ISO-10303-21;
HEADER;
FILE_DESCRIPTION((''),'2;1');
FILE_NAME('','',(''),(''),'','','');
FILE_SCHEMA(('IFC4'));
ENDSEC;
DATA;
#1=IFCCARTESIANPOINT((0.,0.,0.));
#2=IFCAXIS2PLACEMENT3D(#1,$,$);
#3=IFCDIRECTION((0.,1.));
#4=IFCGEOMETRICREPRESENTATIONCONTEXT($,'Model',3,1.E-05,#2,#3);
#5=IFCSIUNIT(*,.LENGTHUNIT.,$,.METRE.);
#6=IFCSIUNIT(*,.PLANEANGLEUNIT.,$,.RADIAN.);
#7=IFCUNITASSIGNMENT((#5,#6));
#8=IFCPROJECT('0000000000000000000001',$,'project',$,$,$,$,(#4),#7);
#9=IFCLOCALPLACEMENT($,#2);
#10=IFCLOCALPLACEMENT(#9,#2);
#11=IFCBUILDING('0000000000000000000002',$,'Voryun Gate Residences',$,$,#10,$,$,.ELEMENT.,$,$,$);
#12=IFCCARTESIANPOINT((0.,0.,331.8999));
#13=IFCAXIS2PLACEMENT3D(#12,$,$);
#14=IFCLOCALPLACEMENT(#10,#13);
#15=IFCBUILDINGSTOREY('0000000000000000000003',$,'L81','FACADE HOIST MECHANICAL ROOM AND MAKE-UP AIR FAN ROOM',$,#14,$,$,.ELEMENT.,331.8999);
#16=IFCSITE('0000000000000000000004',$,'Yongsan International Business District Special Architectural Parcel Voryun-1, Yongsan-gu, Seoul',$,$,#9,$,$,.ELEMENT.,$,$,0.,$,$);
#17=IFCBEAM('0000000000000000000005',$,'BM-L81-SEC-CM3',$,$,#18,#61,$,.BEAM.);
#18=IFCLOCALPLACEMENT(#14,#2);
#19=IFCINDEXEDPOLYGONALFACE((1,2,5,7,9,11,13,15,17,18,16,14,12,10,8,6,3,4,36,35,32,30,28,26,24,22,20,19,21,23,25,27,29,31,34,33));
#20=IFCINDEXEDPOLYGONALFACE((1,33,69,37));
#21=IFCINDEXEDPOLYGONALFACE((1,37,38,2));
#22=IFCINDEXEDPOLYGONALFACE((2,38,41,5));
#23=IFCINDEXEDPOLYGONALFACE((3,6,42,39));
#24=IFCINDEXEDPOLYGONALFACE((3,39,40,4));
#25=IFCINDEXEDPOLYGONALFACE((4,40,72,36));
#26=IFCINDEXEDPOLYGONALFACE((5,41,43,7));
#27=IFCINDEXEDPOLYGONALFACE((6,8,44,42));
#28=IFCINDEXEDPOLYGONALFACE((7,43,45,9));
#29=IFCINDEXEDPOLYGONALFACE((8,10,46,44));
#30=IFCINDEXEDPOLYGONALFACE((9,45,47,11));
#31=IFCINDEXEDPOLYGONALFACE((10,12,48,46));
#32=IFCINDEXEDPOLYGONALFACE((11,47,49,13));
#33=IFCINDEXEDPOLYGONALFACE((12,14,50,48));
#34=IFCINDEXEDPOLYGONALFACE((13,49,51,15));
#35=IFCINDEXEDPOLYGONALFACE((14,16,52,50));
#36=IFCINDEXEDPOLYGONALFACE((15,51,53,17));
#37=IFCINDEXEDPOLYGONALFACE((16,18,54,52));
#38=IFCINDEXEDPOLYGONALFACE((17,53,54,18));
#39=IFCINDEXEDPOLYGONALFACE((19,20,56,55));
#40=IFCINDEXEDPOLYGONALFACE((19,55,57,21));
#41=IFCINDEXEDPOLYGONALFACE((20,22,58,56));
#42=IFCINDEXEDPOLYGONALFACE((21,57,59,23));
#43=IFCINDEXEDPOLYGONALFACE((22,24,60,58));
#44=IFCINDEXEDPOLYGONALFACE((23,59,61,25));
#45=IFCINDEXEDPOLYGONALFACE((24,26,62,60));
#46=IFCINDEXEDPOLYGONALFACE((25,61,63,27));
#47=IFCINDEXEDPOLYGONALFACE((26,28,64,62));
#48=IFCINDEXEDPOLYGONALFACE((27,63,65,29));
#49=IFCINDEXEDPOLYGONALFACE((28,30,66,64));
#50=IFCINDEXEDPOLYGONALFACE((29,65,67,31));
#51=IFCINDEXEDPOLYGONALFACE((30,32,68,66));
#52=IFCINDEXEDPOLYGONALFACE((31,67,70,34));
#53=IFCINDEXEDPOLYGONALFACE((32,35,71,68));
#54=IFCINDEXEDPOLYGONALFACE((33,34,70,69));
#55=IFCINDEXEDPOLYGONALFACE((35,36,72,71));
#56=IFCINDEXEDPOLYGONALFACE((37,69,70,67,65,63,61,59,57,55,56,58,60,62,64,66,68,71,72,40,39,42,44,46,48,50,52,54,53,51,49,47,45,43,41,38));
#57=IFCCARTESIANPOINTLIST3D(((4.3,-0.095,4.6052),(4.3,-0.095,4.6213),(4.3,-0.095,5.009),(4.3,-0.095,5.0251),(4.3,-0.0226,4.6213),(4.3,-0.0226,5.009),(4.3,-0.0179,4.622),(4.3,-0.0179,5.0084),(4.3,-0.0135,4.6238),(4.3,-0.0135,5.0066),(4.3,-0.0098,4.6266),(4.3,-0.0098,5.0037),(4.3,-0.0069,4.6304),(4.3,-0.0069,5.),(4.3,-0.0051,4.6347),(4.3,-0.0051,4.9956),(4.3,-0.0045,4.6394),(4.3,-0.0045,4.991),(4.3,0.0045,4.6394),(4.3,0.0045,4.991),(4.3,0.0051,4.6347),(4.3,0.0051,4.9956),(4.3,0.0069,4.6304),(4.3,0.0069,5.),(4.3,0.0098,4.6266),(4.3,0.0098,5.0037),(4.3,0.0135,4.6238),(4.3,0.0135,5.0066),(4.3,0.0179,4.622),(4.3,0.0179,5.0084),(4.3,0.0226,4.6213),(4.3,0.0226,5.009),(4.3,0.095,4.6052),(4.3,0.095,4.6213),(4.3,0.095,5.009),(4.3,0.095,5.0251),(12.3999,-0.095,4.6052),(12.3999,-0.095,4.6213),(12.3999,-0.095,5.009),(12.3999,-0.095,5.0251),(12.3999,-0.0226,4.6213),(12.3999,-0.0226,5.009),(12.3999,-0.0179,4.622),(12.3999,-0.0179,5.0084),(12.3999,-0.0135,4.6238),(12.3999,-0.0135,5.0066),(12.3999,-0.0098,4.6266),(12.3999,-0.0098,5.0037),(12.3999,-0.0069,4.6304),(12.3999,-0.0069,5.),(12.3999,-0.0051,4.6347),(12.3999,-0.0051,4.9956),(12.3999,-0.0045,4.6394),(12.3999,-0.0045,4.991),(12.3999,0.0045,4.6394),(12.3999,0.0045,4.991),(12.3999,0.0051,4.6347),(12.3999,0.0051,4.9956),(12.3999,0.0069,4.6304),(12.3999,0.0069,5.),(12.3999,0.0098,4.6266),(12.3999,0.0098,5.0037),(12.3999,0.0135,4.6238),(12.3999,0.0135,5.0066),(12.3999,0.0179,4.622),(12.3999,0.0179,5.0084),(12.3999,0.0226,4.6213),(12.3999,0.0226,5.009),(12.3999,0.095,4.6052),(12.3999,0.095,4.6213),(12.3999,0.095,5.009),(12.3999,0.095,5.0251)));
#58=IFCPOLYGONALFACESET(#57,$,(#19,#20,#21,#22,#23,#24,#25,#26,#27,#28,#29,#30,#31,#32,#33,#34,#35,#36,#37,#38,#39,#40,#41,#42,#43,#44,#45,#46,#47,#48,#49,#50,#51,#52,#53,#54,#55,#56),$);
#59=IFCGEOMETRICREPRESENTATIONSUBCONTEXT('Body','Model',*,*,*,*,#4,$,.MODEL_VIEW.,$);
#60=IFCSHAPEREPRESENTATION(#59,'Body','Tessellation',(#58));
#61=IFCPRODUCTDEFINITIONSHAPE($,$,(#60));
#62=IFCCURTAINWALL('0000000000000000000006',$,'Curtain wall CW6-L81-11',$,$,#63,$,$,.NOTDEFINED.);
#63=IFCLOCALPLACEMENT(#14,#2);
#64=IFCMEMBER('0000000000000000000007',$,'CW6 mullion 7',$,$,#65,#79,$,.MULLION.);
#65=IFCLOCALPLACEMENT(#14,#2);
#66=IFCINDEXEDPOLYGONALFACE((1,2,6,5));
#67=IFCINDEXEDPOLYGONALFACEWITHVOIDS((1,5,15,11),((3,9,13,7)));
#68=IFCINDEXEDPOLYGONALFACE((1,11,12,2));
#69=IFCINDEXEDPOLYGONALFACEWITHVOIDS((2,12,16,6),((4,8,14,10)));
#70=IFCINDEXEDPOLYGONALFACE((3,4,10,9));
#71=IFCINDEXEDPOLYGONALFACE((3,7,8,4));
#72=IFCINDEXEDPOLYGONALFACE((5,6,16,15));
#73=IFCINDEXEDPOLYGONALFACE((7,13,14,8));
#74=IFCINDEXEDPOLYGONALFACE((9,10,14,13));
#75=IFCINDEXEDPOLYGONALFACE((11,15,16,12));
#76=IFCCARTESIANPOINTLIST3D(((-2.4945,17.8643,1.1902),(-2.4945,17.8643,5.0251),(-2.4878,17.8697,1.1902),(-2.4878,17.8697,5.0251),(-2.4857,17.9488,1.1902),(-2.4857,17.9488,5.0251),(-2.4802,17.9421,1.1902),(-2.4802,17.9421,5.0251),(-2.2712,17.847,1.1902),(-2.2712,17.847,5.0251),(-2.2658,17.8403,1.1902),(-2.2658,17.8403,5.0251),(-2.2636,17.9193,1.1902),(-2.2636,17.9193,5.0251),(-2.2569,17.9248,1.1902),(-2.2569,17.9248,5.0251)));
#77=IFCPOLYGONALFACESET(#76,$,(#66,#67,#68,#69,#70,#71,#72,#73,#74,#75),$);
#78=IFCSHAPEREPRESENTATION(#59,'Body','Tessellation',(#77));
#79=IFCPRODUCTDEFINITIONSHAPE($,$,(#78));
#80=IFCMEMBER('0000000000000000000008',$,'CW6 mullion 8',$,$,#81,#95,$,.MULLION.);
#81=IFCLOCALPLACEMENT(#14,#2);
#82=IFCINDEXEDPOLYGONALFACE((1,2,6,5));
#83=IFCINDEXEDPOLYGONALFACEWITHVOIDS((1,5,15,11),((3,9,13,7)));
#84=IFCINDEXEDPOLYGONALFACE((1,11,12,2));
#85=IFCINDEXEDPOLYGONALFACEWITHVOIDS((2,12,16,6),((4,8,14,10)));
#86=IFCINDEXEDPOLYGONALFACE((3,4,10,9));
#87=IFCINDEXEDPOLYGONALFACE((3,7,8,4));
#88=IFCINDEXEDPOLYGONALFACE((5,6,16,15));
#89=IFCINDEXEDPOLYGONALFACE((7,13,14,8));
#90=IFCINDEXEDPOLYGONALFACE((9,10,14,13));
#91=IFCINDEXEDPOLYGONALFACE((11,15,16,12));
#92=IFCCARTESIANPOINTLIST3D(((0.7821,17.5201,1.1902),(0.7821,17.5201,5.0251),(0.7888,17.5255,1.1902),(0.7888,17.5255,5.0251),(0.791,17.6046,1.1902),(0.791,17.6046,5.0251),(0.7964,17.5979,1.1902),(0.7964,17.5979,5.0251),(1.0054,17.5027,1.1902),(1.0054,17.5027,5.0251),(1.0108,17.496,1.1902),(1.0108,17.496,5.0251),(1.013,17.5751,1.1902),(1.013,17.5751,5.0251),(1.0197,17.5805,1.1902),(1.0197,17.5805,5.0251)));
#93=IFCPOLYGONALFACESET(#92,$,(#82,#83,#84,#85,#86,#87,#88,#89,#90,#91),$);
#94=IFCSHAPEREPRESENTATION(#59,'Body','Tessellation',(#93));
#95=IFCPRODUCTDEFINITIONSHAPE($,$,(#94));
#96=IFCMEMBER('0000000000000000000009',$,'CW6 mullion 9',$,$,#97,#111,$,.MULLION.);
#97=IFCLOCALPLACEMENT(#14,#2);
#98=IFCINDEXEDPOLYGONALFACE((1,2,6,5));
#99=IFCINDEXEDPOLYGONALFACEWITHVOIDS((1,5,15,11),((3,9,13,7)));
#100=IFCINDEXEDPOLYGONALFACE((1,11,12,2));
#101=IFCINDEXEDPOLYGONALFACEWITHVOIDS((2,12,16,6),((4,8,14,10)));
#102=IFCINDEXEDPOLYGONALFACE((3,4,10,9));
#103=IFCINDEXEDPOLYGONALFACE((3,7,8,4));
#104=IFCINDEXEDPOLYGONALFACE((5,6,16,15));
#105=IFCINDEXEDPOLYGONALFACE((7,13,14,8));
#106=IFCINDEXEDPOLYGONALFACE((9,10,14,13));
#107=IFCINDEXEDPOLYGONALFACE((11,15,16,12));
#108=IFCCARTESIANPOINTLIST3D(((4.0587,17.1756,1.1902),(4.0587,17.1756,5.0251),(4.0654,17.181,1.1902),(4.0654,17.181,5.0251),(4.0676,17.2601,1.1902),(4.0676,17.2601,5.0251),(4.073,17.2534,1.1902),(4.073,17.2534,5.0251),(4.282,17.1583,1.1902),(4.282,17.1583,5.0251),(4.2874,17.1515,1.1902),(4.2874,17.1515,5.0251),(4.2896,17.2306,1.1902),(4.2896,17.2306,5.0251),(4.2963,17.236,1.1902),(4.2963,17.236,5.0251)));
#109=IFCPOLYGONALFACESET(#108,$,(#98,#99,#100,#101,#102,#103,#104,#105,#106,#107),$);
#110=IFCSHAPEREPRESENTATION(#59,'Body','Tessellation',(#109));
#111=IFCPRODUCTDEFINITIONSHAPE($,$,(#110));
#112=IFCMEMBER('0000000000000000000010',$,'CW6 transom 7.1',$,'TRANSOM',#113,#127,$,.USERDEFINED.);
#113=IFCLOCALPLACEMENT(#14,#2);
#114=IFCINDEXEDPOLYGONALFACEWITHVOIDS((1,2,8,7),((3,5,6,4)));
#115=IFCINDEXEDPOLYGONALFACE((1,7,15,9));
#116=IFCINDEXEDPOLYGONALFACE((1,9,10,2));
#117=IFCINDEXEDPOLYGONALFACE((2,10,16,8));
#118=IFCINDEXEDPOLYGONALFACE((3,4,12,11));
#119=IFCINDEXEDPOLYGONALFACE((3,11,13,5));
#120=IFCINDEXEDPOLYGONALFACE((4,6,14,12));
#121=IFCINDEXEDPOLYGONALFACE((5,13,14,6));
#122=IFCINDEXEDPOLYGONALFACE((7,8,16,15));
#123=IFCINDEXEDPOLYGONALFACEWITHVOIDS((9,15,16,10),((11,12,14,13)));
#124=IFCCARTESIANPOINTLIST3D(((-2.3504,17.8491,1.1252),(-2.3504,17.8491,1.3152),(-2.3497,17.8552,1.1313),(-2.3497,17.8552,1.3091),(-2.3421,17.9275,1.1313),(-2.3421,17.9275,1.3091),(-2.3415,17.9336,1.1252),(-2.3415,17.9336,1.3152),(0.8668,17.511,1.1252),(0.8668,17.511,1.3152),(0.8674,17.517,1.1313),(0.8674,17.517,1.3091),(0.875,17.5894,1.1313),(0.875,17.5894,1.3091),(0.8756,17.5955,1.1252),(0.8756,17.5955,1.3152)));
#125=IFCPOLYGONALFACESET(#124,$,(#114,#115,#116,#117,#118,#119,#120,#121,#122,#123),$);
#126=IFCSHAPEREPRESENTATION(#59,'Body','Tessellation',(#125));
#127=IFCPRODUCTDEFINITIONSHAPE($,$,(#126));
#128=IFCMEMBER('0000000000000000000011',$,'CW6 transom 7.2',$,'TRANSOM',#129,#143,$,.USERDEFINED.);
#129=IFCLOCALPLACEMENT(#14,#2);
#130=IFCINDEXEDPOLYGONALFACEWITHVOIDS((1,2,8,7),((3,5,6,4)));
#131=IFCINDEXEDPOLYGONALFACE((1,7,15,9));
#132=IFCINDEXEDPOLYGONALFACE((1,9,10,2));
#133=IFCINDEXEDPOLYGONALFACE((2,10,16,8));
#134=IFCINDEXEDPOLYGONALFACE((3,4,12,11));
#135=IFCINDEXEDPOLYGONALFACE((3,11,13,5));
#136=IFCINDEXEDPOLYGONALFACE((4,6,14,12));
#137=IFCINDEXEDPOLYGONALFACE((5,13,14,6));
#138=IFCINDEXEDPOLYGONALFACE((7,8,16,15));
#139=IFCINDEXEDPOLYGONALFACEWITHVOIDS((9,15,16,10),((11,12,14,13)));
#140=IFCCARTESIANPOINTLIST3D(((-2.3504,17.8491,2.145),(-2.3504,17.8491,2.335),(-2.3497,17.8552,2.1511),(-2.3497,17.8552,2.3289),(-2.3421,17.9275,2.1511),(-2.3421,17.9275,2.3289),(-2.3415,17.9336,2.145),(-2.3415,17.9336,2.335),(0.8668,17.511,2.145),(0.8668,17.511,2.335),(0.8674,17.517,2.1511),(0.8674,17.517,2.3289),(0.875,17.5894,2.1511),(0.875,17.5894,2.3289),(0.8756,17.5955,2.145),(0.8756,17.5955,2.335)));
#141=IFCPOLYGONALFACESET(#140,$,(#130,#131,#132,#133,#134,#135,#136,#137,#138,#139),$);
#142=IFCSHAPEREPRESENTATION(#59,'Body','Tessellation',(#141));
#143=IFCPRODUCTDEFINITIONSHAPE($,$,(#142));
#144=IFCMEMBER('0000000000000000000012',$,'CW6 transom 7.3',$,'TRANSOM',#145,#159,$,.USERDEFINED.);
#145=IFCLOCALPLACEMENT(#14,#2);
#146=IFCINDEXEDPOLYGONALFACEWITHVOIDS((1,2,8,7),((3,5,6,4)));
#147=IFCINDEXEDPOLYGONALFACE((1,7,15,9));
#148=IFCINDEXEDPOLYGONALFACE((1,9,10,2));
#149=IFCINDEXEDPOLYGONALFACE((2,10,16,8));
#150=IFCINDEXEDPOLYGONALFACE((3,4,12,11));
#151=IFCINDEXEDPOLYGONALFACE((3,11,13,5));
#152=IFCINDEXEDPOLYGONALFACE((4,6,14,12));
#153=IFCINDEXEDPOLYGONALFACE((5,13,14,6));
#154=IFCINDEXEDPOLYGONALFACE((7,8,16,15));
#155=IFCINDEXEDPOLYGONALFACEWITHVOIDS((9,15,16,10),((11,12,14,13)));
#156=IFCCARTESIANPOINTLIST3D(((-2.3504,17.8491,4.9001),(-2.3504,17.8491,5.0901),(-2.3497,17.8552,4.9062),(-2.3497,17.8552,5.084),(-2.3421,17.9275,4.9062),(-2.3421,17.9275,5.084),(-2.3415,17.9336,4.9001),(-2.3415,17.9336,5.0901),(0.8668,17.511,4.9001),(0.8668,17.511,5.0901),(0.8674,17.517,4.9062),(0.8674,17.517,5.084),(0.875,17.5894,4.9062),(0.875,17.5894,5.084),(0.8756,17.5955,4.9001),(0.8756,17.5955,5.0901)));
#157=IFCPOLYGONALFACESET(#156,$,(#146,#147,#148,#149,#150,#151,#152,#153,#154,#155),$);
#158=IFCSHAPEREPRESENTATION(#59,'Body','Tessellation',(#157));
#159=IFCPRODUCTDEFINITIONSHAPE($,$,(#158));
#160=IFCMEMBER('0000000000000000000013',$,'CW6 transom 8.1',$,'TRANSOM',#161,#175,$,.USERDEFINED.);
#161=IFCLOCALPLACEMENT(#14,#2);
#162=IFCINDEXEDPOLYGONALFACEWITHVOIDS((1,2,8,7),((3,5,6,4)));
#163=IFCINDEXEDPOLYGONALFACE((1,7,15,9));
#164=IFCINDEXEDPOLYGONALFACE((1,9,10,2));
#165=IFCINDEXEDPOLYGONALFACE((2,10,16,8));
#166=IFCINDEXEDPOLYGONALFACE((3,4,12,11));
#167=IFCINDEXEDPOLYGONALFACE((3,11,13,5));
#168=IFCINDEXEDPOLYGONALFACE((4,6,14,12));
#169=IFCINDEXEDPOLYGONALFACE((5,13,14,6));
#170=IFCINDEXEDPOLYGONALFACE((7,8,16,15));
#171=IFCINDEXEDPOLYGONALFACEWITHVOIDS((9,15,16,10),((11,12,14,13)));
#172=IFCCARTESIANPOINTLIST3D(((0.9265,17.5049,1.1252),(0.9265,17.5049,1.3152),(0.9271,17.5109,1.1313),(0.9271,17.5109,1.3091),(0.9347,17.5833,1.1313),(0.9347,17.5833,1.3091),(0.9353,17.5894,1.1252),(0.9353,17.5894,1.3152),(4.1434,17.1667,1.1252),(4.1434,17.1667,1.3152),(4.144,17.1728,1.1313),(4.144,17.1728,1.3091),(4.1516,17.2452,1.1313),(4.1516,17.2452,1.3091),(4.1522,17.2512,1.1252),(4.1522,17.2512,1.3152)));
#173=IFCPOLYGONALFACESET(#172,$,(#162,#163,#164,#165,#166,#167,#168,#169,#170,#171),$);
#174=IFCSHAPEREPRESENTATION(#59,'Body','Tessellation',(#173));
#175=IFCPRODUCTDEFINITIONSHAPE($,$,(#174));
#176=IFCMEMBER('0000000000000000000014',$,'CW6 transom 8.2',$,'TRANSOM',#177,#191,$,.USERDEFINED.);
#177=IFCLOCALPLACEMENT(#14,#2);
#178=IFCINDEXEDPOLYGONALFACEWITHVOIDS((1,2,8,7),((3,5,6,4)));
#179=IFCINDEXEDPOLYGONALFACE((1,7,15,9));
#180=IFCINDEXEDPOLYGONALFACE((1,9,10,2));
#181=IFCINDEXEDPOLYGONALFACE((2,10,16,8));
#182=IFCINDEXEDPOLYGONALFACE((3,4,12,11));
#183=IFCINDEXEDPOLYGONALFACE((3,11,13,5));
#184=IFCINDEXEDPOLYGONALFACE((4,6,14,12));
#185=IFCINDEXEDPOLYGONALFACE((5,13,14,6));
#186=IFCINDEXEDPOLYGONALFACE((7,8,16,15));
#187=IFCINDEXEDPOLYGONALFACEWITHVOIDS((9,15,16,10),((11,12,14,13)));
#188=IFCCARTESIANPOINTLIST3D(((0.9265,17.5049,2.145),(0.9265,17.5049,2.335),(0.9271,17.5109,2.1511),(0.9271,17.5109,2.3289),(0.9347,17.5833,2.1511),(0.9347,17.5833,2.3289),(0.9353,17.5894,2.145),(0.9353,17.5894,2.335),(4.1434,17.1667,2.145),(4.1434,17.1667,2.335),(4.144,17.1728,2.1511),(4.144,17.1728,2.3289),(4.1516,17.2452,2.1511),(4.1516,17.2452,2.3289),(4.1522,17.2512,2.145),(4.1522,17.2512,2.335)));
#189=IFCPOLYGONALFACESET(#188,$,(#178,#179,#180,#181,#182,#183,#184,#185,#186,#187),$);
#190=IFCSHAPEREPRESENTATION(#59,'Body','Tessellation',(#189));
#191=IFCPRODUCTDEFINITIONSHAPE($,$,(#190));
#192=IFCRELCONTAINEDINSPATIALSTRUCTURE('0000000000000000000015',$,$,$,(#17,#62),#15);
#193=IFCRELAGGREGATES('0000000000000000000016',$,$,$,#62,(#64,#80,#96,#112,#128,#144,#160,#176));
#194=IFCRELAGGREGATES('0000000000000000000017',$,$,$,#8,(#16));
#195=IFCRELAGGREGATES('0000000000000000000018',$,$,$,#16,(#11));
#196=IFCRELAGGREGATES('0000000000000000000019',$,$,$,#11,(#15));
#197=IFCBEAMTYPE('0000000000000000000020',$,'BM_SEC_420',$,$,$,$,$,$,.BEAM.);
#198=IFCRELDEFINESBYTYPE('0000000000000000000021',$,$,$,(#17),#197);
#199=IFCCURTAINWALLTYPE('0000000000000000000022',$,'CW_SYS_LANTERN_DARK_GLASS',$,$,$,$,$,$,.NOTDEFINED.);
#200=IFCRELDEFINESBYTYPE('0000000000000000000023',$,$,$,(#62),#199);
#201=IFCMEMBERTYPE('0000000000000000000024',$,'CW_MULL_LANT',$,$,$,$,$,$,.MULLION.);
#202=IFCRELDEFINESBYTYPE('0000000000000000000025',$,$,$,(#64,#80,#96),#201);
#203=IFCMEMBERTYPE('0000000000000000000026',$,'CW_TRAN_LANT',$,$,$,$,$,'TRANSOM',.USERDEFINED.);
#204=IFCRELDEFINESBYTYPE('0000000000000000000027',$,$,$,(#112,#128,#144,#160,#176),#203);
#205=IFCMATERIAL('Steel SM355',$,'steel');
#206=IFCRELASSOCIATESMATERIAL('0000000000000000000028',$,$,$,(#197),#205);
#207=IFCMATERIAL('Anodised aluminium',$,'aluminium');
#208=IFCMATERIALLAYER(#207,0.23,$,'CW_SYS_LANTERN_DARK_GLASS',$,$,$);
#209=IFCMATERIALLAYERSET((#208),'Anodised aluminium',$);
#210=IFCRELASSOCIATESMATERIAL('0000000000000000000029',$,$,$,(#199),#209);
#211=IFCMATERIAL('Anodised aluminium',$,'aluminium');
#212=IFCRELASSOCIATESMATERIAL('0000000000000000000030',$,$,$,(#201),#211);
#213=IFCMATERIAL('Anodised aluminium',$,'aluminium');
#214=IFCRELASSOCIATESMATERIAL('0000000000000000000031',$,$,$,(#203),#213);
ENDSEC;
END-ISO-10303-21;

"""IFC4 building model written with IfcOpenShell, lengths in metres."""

from ifc_helpers import new_model, si_unit, direction, frame, origin, origin_2d, place, context, subcontext, project, spatial, hollow_rectangle, i_section, extrude, material, layer, layer_set, material_profile, profile_set, type_object, element, aggregate, save


model = new_model("IFC4")

# Units and contexts
model_context = context("Model", 3, precision=1e-05, world=origin(), true_north=direction((0.0, 1.0)))
body_context = subcontext(model_context, "Body", "Model", "MODEL_VIEW")
ifc_project = project(units=[si_unit("LENGTHUNIT", "METRE"), si_unit("PLANEANGLEUNIT", "RADIAN")], contexts=[model_context])

# Site, building, storey
site_placement = place(None, origin())
site = spatial("IfcSite", under=ifc_project, at=site_placement, Name="Yongsan International Business District Special Architectural Parcel Voryun-1, Yongsan-gu, Seoul", CompositionType="ELEMENT", RefElevation=0.0)
building_placement = place(site_placement, origin())
building = spatial("IfcBuilding", under=site, at=building_placement, Name="Voryun Gate Residences", CompositionType="ELEMENT")
storey_placement = place(building_placement, frame((0.0, 0.0, 331.8999)))
storey = spatial("IfcBuildingStorey", under=building, at=storey_placement, Name="L81", Description="FACADE HOIST MECHANICAL ROOM AND MAKE-UP AIR FAN ROOM", CompositionType="ELEMENT", Elevation=331.8999)

# Beam
ifc_material_1 = material(Name="Steel SM355", Category="steel")
ifc_material_profile_1 = material_profile(ifc_material_1, i_section(OverallWidth=0.1899, OverallDepth=0.4199, WebThickness=0.009, FlangeThickness=0.0161, FilletRadius=0.0181, at=origin_2d()), Name="H-420x190x9x16")
ifc_profile_set_1 = profile_set([ifc_material_profile_1], Name="Steel SM355")
beam_type_1 = type_object("IfcBeamType", Name="BM_SEC_420", PredefinedType="BEAM", material=ifc_profile_set_1)
beam_1_placement = place(storey_placement, frame((4.3, 0.0, 4.8152), z_axis=(1.0, 0.0, 0.0), x_axis=(0.0, 1.0, 0.0)))
element("IfcBeam", 1, at=beam_1_placement, inside=storey, type_object=beam_type_1, Name="BM-L81-SEC-CM3", PredefinedType="BEAM", context=body_context, shape_type="SweptSolid", body=[
    extrude(i_section(OverallWidth=0.1899, OverallDepth=0.4199, WebThickness=0.009, FlangeThickness=0.0161, FilletRadius=0.0181, at=origin_2d()), origin(), (0.0, 0.0, 1.0), 8.0999),
])

# Curtain wall, members
ifc_material_2 = material(Name="Anodised aluminium", Category="aluminium")
ifc_layer_1 = layer(ifc_material_2, 0.23, Name="CW_SYS_LANTERN_DARK_GLASS")
ifc_layer_set_1 = layer_set([ifc_layer_1], Name="Anodised aluminium")
curtain_wall_type = type_object("IfcCurtainWallType", Name="CW_SYS_LANTERN_DARK_GLASS", PredefinedType="NOTDEFINED", material=ifc_layer_set_1)
curtain_wall_placement = place(storey_placement, origin())
curtain_wall = element("IfcCurtainWall", 2, at=curtain_wall_placement, inside=storey, type_object=curtain_wall_type, Name="Curtain wall CW6-L81-11", PredefinedType="NOTDEFINED")
ifc_material_3 = material(Name="Anodised aluminium", Category="aluminium")
ifc_material_profile_2 = material_profile(ifc_material_3, hollow_rectangle(XDim=0.085, YDim=0.23, WallThickness=0.0061, at=origin_2d()), Name="ALU-MULL-230x85x6")
ifc_profile_set_2 = profile_set([ifc_material_profile_2], Name="Anodised aluminium")
member_type_1 = type_object("IfcMemberType", Name="CW_MULL_LANT", PredefinedType="MULLION", material=ifc_profile_set_2)
member_1_placement = place(storey_placement, frame((-2.3757, 17.8945, 1.1902), z_axis=(0.0, 0.0, 1.0), x_axis=(0.104528, 0.994522, 0.0)))
member_1 = element("IfcMember", 3, at=member_1_placement, type_object=member_type_1, Name="CW6 mullion 7", PredefinedType="MULLION", context=body_context, shape_type="SweptSolid", body=[
    extrude(hollow_rectangle(XDim=0.085, YDim=0.23, WallThickness=0.0061, at=origin_2d()), origin(), (0.0, 0.0, 1.0), 3.835),
])
member_2_placement = place(storey_placement, frame((0.9009, 17.5503, 1.1902), z_axis=(0.0, 0.0, 1.0), x_axis=(0.104528, 0.994522, 0.0)))
member_2 = element("IfcMember", 4, at=member_2_placement, type_object=member_type_1, Name="CW6 mullion 8", PredefinedType="MULLION", context=body_context, shape_type="SweptSolid", body=[
    extrude(hollow_rectangle(XDim=0.085, YDim=0.23, WallThickness=0.0061, at=origin_2d()), origin(), (0.0, 0.0, 1.0), 3.835),
])
member_3_placement = place(storey_placement, frame((4.1775, 17.2058, 1.1902), z_axis=(0.0, 0.0, 1.0), x_axis=(0.104528, 0.994522, 0.0)))
member_3 = element("IfcMember", 5, at=member_3_placement, type_object=member_type_1, Name="CW6 mullion 9", PredefinedType="MULLION", context=body_context, shape_type="SweptSolid", body=[
    extrude(hollow_rectangle(XDim=0.085, YDim=0.23, WallThickness=0.0061, at=origin_2d()), origin(), (0.0, 0.0, 1.0), 3.835),
])
ifc_material_4 = material(Name="Anodised aluminium", Category="aluminium")
ifc_material_profile_3 = material_profile(ifc_material_4, hollow_rectangle(XDim=0.085, YDim=0.1899, WallThickness=0.0061, at=origin_2d()), Name="ALU-TRAN-190x85x6")
ifc_profile_set_3 = profile_set([ifc_material_profile_3], Name="Anodised aluminium")
member_type_2 = type_object("IfcMemberType", Name="CW_TRAN_LANT", ElementType="TRANSOM", PredefinedType="USERDEFINED", material=ifc_profile_set_3)
member_4_placement = place(storey_placement, frame((-2.3459, 17.8914, 1.2202), z_axis=(0.994522, -0.104532, 0.0), x_axis=(0.104532, 0.994522, 0.0)))
member_4 = element("IfcMember", 6, at=member_4_placement, type_object=member_type_2, Name="CW6 transom 7.1", ObjectType="TRANSOM", PredefinedType="USERDEFINED", context=body_context, shape_type="SweptSolid", body=[
    extrude(hollow_rectangle(XDim=0.085, YDim=0.1899, WallThickness=0.0061, at=origin_2d()), origin(), (0.0, 0.0, 1.0), 3.2349),
])
member_5_placement = place(storey_placement, frame((-2.3459, 17.8914, 2.24), z_axis=(0.994522, -0.104532, 0.0), x_axis=(0.104532, 0.994522, 0.0)))
member_5 = element("IfcMember", 7, at=member_5_placement, type_object=member_type_2, Name="CW6 transom 7.2", ObjectType="TRANSOM", PredefinedType="USERDEFINED", context=body_context, shape_type="SweptSolid", body=[
    extrude(hollow_rectangle(XDim=0.085, YDim=0.1899, WallThickness=0.0061, at=origin_2d()), origin(), (0.0, 0.0, 1.0), 3.2349),
])
member_6_placement = place(storey_placement, frame((-2.3459, 17.8914, 4.9951), z_axis=(0.994522, -0.104532, 0.0), x_axis=(0.104532, 0.994522, 0.0)))
member_6 = element("IfcMember", 8, at=member_6_placement, type_object=member_type_2, Name="CW6 transom 7.3", ObjectType="TRANSOM", PredefinedType="USERDEFINED", context=body_context, shape_type="SweptSolid", body=[
    extrude(hollow_rectangle(XDim=0.085, YDim=0.1899, WallThickness=0.0061, at=origin_2d()), origin(), (0.0, 0.0, 1.0), 3.2349),
])
member_7_placement = place(storey_placement, frame((0.9309, 17.5471, 1.2202), z_axis=(0.994521, -0.104539, 0.0), x_axis=(0.104539, 0.994521, 0.0)))
member_7 = element("IfcMember", 9, at=member_7_placement, type_object=member_type_2, Name="CW6 transom 8.1", ObjectType="TRANSOM", PredefinedType="USERDEFINED", context=body_context, shape_type="SweptSolid", body=[
    extrude(hollow_rectangle(XDim=0.085, YDim=0.1899, WallThickness=0.0061, at=origin_2d()), origin(), (0.0, 0.0, 1.0), 3.2346),
])
member_8_placement = place(storey_placement, frame((0.9309, 17.5471, 2.24), z_axis=(0.994521, -0.104539, 0.0), x_axis=(0.104539, 0.994521, 0.0)))
member_8 = element("IfcMember", 10, at=member_8_placement, type_object=member_type_2, Name="CW6 transom 8.2", ObjectType="TRANSOM", PredefinedType="USERDEFINED", context=body_context, shape_type="SweptSolid", body=[
    extrude(hollow_rectangle(XDim=0.085, YDim=0.1899, WallThickness=0.0061, at=origin_2d()), origin(), (0.0, 0.0, 1.0), 3.2346),
])

aggregate(curtain_wall, [member_1, member_2, member_3, member_4, member_5, member_6, member_7, member_8])

save(model, "model.ifc")
